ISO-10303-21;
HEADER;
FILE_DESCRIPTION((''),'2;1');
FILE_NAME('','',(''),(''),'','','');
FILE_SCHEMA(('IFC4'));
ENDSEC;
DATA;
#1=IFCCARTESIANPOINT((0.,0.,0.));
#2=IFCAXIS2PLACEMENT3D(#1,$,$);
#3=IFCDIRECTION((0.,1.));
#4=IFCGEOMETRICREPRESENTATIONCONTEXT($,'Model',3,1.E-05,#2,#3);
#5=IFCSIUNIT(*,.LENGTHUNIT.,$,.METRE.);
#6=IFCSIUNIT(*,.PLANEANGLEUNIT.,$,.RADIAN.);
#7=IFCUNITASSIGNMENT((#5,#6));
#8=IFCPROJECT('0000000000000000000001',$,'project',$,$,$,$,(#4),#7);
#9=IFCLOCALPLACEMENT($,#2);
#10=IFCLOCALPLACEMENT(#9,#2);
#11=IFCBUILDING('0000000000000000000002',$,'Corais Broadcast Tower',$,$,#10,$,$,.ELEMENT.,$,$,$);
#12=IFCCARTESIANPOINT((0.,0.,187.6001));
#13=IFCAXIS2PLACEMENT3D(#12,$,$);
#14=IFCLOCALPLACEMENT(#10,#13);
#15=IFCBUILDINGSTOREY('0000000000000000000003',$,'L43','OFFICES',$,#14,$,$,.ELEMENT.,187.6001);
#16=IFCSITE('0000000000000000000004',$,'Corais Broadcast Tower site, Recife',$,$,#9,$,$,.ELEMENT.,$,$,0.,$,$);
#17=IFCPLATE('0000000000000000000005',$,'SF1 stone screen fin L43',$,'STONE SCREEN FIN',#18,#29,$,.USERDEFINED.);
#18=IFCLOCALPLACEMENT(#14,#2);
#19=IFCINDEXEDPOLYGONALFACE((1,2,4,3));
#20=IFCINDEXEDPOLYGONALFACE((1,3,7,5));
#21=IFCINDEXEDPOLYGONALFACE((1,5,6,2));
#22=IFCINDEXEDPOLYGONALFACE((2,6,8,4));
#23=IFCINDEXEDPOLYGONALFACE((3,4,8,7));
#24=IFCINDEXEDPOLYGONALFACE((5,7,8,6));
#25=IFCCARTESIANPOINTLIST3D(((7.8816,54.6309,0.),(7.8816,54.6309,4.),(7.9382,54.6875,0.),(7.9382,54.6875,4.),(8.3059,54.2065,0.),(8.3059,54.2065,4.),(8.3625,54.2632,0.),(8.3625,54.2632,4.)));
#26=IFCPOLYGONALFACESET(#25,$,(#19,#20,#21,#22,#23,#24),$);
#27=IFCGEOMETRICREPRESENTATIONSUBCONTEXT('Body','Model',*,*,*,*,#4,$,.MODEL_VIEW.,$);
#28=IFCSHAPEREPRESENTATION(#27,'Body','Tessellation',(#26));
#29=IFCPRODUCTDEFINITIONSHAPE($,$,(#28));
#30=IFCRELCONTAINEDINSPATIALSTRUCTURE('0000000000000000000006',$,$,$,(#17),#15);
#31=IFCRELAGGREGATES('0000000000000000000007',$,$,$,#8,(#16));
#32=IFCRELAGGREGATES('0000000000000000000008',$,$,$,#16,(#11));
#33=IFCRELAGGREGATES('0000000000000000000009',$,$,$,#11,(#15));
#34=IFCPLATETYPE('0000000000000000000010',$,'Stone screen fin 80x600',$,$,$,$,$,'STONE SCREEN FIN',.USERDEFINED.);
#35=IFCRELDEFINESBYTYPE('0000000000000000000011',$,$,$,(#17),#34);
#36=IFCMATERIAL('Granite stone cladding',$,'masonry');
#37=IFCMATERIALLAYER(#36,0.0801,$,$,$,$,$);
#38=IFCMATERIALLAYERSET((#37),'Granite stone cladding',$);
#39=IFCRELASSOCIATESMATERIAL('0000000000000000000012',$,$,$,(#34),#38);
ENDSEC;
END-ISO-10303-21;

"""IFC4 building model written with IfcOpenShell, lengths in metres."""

from ifc_helpers import new_model, si_unit, direction, frame, origin, origin_2d, place, context, subcontext, project, spatial, rectangle, extrude, material, layer, layer_set, type_object, element, save


model = new_model("IFC4")

# Units and contexts
model_context = context("Model", 3, precision=1e-05, world=origin(), true_north=direction((0.0, 1.0)))
body_context = subcontext(model_context, "Body", "Model", "MODEL_VIEW")
ifc_project = project(units=[si_unit("LENGTHUNIT", "METRE"), si_unit("PLANEANGLEUNIT", "RADIAN")], contexts=[model_context])

# Site, building, storey
site_placement = place(None, origin())
site = spatial("IfcSite", under=ifc_project, at=site_placement, Name="Corais Broadcast Tower site, Recife", CompositionType="ELEMENT", RefElevation=0.0)
building_placement = place(site_placement, origin())
building = spatial("IfcBuilding", under=site, at=building_placement, Name="Corais Broadcast Tower", CompositionType="ELEMENT")
storey_placement = place(building_placement, frame((0.0, 0.0, 187.6001)))
storey = spatial("IfcBuildingStorey", under=building, at=storey_placement, Name="L43", Description="OFFICES", CompositionType="ELEMENT", Elevation=187.6001)

# Plate
ifc_material_1 = material(Name="Granite stone cladding", Category="masonry")
ifc_layer_1 = layer(ifc_material_1, 0.0801)
ifc_layer_set_1 = layer_set([ifc_layer_1], Name="Granite stone cladding")
plate_type_1 = type_object("IfcPlateType", Name="Stone screen fin 80x600", ElementType="STONE SCREEN FIN", PredefinedType="USERDEFINED", material=ifc_layer_set_1)
for number, where, z_axis, x_axis, name in (
    (1, (8.1221, 54.447, 0.0), (0.0, 0.0, 1.0), (0.707107, 0.707107, 0.0), "SF1 stone screen fin L43"),
):
    element("IfcPlate", number, at=place(storey_placement, frame(where, z_axis=z_axis, x_axis=x_axis)), inside=storey, type_object=plate_type_1, Name=name, ObjectType="STONE SCREEN FIN", PredefinedType="USERDEFINED", context=body_context, shape_type="SweptSolid", body=[
        extrude(rectangle(XDim=0.0801, YDim=0.6001, at=origin_2d()), origin(), (0.0, 0.0, 1.0), 4.0),
    ])

save(model, "model.ifc")
